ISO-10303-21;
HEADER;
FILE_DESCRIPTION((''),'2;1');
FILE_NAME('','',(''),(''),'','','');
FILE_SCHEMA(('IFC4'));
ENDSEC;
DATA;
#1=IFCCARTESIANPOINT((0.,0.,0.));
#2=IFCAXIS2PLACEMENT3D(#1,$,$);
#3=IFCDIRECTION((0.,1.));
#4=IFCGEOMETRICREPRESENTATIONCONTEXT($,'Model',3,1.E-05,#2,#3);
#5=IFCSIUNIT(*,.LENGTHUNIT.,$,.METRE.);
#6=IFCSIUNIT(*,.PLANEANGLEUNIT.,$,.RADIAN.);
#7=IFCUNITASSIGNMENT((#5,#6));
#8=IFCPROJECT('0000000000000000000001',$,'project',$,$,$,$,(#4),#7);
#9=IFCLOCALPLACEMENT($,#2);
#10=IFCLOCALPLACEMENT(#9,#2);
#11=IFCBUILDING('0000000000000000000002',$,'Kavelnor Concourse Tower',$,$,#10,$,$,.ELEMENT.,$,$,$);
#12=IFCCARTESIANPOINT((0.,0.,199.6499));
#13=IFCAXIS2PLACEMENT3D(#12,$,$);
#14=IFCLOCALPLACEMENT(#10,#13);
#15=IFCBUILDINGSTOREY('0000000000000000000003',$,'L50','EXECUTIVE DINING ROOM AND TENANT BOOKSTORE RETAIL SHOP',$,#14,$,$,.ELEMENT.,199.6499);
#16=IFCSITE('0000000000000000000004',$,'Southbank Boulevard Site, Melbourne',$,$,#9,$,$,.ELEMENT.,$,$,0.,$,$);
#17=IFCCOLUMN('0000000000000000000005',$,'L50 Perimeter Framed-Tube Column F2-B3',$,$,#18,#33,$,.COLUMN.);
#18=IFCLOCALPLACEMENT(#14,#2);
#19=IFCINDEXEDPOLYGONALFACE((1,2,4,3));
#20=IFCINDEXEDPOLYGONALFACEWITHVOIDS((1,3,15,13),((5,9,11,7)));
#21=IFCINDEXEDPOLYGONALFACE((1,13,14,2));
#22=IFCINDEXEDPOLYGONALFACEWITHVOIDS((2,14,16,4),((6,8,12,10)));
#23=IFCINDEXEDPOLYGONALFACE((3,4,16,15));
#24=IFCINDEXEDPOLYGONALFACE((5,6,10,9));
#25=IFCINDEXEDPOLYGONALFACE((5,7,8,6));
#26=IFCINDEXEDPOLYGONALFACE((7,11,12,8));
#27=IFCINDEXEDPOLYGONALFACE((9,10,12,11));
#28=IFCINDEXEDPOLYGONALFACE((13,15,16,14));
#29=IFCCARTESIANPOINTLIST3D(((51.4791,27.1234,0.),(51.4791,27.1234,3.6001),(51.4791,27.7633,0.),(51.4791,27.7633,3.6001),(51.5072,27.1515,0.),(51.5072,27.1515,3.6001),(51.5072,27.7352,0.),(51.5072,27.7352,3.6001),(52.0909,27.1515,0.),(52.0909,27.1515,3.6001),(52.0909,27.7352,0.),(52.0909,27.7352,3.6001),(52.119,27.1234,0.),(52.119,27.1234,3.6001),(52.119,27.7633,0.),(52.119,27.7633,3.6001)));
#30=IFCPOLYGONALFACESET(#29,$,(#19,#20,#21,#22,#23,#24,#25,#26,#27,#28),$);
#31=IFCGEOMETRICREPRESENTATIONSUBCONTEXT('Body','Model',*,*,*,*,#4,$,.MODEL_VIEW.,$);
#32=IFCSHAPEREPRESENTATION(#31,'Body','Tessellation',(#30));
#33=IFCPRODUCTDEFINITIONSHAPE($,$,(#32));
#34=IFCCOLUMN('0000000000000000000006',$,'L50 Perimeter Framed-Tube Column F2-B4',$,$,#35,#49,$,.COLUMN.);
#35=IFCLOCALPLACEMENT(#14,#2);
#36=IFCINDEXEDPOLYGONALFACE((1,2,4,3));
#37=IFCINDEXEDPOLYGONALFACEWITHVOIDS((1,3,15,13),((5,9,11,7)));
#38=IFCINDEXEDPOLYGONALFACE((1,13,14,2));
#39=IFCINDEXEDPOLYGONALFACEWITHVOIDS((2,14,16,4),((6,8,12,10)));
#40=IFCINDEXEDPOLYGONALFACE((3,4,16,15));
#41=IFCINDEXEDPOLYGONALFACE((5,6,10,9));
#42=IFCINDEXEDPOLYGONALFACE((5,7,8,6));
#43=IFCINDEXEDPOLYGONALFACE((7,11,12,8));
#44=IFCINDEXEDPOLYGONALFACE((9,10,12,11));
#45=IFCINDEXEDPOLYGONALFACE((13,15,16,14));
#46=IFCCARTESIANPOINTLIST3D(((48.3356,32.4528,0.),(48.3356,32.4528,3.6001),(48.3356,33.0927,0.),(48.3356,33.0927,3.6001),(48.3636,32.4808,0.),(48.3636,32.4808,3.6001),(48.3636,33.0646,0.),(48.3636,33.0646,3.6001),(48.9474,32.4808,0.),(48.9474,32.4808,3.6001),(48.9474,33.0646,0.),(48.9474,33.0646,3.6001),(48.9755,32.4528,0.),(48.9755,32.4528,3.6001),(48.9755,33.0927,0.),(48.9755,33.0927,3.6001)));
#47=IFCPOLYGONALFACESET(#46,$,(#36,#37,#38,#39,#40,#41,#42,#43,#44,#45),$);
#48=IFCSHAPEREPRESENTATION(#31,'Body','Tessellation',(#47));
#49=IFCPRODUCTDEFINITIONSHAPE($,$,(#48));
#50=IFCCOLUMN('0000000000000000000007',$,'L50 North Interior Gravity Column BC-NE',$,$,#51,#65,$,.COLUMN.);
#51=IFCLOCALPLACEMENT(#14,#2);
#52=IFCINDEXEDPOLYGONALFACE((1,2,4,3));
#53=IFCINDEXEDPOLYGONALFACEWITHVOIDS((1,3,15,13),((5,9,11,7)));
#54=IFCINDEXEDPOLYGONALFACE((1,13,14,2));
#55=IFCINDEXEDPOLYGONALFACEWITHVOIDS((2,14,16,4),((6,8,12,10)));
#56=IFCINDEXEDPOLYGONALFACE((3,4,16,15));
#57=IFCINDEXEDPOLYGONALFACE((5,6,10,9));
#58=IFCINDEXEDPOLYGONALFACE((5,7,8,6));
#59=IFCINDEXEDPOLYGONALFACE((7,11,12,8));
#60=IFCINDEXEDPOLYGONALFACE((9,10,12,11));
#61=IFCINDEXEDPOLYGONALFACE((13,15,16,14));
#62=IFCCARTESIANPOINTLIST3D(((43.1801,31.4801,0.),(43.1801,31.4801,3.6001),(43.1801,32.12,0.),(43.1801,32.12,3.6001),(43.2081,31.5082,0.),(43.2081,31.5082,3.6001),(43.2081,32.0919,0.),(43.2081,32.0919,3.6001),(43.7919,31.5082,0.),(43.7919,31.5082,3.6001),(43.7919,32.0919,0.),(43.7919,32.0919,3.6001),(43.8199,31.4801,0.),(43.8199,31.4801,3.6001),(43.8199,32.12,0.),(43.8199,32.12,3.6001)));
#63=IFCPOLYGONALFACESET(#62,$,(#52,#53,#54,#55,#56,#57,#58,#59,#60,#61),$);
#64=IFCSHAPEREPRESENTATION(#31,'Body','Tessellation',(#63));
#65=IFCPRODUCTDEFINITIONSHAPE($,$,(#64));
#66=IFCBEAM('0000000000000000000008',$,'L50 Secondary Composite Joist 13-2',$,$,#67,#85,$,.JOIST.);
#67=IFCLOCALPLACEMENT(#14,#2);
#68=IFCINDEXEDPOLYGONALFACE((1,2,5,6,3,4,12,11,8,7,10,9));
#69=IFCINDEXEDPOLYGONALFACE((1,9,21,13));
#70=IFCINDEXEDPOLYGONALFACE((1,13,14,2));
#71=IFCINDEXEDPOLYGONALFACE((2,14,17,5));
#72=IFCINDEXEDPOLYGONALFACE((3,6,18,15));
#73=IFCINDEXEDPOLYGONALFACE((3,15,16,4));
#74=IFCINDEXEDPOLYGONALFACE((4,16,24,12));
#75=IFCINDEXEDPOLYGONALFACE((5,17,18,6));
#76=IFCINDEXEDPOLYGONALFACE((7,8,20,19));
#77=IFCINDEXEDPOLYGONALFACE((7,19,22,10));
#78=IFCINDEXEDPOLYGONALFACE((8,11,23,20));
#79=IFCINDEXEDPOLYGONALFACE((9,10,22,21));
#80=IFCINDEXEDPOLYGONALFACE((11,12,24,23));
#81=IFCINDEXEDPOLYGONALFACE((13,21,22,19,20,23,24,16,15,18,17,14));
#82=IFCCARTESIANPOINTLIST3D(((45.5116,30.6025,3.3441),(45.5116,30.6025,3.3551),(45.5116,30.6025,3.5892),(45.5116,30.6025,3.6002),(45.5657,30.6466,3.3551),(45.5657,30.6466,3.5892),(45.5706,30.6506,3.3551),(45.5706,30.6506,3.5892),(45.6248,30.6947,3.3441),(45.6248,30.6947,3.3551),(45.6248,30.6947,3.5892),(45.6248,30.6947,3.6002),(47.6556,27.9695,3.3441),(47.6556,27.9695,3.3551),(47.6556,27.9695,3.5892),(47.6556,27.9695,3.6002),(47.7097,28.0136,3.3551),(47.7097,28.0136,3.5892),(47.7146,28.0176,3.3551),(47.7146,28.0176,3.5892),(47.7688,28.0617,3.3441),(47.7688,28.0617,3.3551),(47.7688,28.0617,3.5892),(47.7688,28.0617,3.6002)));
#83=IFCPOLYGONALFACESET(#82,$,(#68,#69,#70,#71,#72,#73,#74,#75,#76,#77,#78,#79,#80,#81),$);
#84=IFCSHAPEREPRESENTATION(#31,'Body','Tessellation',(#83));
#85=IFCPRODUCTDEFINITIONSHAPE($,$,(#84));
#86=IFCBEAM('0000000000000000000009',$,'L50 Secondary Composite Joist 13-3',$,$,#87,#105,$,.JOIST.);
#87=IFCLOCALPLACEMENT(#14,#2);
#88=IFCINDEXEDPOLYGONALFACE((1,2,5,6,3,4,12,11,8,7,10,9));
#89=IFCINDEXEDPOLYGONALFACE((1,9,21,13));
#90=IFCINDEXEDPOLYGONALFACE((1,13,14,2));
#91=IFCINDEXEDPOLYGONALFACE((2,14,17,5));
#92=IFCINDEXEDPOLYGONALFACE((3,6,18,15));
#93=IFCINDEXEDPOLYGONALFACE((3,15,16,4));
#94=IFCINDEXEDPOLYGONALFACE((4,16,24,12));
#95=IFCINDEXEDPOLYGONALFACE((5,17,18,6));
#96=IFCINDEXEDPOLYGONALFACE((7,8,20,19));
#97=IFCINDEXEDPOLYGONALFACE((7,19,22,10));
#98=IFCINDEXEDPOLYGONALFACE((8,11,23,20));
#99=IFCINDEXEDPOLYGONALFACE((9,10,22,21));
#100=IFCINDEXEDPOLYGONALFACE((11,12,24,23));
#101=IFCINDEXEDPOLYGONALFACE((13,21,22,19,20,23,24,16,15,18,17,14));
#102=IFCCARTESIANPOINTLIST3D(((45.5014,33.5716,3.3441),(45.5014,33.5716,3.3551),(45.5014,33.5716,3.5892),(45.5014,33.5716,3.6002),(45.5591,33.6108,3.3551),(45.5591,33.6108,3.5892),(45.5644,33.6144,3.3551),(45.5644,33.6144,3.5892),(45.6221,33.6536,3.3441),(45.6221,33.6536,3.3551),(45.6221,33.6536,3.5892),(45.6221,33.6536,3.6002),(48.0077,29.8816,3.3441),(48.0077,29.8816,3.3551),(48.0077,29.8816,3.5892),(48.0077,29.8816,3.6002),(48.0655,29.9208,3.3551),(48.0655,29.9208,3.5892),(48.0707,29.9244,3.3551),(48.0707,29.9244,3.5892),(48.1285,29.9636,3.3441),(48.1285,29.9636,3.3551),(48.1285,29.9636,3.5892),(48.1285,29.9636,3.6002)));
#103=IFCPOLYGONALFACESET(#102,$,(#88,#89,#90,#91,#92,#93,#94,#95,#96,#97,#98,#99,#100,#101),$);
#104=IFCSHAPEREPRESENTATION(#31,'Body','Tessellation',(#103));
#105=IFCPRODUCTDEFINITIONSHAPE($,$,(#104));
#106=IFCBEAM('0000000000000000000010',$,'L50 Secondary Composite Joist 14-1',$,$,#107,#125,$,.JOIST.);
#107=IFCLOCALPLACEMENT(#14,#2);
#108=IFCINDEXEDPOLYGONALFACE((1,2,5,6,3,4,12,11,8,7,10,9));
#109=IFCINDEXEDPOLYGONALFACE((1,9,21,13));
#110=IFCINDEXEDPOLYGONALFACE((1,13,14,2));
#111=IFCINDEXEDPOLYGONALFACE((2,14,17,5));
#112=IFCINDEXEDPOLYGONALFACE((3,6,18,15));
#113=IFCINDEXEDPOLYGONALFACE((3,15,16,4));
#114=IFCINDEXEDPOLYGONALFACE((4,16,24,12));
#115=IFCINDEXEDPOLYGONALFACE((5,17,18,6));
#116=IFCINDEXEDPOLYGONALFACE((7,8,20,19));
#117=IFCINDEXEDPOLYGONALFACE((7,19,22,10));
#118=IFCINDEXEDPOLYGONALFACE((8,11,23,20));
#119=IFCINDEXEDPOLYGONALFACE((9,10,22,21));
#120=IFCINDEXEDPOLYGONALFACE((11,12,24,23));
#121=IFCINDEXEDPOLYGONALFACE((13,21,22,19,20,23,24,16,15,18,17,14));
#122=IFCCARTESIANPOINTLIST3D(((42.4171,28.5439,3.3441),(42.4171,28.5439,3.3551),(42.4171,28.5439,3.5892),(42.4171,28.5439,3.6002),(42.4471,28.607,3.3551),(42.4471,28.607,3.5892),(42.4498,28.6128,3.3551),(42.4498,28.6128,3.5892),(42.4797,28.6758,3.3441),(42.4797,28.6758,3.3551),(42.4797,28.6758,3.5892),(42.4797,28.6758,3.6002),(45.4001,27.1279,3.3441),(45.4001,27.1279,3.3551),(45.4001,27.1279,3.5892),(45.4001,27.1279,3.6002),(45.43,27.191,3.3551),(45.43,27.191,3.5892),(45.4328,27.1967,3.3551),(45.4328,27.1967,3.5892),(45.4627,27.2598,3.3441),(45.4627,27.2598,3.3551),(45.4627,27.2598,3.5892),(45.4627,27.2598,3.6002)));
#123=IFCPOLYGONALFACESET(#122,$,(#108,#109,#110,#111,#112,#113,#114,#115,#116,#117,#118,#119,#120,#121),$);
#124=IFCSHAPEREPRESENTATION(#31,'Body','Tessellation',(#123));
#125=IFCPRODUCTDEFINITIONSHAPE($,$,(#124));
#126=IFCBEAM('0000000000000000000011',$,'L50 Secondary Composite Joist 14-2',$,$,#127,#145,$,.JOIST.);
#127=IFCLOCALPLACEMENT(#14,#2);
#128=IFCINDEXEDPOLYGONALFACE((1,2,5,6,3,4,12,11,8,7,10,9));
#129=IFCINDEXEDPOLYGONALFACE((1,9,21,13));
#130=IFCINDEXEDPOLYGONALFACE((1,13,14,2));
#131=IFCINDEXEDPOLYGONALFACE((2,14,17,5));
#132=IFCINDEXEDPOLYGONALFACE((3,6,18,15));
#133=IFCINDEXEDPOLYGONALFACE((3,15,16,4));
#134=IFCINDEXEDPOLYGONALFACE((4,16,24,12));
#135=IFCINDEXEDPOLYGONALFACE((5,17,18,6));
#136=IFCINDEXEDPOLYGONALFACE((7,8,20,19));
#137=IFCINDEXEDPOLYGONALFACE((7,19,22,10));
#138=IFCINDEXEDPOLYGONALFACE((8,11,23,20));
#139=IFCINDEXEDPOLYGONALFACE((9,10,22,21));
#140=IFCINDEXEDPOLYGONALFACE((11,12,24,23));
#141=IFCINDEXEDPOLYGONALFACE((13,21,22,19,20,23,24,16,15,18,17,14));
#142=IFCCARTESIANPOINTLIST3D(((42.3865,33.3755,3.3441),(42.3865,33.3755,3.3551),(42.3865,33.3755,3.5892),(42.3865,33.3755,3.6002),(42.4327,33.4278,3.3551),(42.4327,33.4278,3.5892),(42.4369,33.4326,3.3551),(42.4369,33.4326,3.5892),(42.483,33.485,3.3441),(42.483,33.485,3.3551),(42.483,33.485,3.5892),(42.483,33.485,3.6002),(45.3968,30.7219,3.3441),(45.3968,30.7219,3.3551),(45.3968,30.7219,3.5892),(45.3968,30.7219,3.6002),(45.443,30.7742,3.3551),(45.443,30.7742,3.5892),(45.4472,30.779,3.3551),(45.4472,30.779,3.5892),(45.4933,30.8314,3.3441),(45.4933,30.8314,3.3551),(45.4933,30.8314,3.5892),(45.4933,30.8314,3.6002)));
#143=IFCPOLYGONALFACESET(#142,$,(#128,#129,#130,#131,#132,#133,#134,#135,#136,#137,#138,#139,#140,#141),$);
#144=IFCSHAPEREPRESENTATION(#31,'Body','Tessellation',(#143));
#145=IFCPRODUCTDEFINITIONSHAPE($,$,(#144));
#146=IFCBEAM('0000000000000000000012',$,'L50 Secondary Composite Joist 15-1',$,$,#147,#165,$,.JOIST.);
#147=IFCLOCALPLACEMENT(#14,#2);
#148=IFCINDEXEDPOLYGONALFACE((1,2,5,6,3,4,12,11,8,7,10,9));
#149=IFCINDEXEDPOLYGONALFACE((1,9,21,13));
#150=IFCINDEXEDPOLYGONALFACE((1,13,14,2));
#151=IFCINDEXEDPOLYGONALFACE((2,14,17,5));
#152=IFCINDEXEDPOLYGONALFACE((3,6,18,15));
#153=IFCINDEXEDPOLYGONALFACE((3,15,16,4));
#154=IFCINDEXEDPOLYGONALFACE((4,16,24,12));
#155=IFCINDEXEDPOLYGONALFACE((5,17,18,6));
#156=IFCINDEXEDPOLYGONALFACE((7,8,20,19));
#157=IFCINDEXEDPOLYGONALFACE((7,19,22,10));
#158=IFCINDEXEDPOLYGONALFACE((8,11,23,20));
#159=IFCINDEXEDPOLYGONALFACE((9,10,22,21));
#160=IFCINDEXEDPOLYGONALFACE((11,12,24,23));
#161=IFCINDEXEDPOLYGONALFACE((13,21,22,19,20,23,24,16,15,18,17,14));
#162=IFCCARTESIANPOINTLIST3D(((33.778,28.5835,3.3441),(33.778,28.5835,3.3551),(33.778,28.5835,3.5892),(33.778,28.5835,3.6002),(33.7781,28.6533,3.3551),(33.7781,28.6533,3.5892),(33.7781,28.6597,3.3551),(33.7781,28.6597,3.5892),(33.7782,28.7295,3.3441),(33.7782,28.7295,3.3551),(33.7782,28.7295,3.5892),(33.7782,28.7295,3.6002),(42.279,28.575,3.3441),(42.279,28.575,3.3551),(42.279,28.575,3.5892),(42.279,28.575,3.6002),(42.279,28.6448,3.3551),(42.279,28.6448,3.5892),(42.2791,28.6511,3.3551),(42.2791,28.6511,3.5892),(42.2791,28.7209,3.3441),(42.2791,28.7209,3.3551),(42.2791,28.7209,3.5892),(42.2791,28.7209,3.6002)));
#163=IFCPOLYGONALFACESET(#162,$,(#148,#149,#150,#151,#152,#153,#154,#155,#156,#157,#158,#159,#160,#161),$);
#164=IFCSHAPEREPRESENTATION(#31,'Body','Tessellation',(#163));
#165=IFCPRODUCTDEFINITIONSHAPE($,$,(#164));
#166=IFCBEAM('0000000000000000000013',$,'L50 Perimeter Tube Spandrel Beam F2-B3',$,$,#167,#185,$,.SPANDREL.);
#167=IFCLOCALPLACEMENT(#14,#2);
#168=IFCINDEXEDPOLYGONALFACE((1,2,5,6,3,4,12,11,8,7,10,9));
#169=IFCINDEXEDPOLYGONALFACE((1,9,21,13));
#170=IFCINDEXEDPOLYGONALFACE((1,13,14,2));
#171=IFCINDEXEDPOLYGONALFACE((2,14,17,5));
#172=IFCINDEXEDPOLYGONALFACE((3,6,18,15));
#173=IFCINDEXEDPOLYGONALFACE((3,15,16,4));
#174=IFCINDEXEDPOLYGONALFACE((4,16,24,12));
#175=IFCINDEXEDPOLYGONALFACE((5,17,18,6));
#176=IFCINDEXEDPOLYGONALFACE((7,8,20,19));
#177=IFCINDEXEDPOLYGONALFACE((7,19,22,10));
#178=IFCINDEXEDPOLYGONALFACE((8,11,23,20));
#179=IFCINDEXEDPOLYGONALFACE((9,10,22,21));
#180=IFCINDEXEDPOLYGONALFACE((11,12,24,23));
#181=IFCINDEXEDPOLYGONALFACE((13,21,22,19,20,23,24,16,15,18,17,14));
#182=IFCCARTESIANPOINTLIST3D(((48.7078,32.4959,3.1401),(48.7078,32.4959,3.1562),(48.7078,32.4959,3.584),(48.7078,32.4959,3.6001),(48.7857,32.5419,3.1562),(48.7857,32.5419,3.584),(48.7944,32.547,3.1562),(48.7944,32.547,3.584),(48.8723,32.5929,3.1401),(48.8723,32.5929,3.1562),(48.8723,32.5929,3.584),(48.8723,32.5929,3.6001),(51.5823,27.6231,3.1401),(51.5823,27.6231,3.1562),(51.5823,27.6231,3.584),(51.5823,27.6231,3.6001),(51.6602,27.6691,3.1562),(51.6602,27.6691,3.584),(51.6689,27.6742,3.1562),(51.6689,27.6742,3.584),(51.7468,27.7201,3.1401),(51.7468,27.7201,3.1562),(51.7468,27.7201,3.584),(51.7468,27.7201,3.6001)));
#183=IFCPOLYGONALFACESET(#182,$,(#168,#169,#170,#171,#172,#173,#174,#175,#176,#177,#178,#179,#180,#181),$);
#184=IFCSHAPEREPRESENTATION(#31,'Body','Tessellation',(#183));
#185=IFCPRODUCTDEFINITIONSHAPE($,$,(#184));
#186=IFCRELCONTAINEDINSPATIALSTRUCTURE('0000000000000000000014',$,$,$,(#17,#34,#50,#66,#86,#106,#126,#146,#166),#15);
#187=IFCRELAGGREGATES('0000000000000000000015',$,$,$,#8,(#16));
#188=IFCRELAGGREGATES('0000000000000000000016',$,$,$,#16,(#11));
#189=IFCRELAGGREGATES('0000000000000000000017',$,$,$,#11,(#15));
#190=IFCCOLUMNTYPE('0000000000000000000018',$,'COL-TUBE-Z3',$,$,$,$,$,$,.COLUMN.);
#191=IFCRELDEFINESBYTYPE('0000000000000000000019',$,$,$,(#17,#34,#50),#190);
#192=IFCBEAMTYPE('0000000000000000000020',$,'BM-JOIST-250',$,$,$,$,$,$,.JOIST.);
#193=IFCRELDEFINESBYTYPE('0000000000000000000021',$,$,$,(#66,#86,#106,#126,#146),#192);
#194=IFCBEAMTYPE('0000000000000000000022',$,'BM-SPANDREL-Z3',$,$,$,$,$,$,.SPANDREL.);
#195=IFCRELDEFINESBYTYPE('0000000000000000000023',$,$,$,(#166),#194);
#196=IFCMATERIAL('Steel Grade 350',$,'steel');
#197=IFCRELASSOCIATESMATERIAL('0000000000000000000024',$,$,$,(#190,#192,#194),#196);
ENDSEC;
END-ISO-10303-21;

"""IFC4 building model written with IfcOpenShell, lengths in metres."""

from ifc_helpers import new_model, si_unit, direction, frame, origin, origin_2d, place, context, subcontext, project, spatial, hollow_rectangle, i_section, extrude, material, material_profile, profile_set, type_object, element, save


model = new_model("IFC4")

# Units and contexts
model_context = context("Model", 3, precision=1e-05, world=origin(), true_north=direction((0.0, 1.0)))
body_context = subcontext(model_context, "Body", "Model", "MODEL_VIEW")
ifc_project = project(units=[si_unit("LENGTHUNIT", "METRE"), si_unit("PLANEANGLEUNIT", "RADIAN")], contexts=[model_context])

# Site, building, storey
site_placement = place(None, origin())
site = spatial("IfcSite", under=ifc_project, at=site_placement, Name="Southbank Boulevard Site, Melbourne", CompositionType="ELEMENT", RefElevation=0.0)
building_placement = place(site_placement, origin())
building = spatial("IfcBuilding", under=site, at=building_placement, Name="Kavelnor Concourse Tower", CompositionType="ELEMENT")
storey_placement = place(building_placement, frame((0.0, 0.0, 199.6499)))
storey = spatial("IfcBuildingStorey", under=building, at=storey_placement, Name="L50", Description="EXECUTIVE DINING ROOM AND TENANT BOOKSTORE RETAIL SHOP", CompositionType="ELEMENT", Elevation=199.6499)

# Columns
ifc_material_1 = material(Name="Steel Grade 350", Category="steel")
ifc_material_profile_1 = material_profile(ifc_material_1, hollow_rectangle(XDim=0.6399, YDim=0.6399, WallThickness=0.0281, at=origin_2d()), Name="SHS 640x640x28")
ifc_profile_set_1 = profile_set([ifc_material_profile_1], Name="Steel Grade 350")
column_type = type_object("IfcColumnType", Name="COL-TUBE-Z3", PredefinedType="COLUMN", material=ifc_profile_set_1)
for number, where, z_axis, x_axis, name in (
    (1, (51.7991, 27.4434, 0.0), (0.0, 0.0, 1.0), (1.0, 0.0, 0.0), "L50 Perimeter Framed-Tube Column F2-B3"),
    (2, (48.6555, 32.7727, 0.0), (0.0, 0.0, 1.0), (1.0, 0.0, 0.0), "L50 Perimeter Framed-Tube Column F2-B4"),
    (3, (43.5, 31.8, 0.0), (0.0, 0.0, 1.0), (1.0, 0.0, 0.0), "L50 North Interior Gravity Column BC-NE"),
):
    element("IfcColumn", number, at=place(storey_placement, frame(where, z_axis=z_axis, x_axis=x_axis)), inside=storey, type_object=column_type, Name=name, PredefinedType="COLUMN", context=body_context, shape_type="SweptSolid", body=[
        extrude(hollow_rectangle(XDim=0.6399, YDim=0.6399, WallThickness=0.0281, at=origin_2d()), origin(), (0.0, 0.0, 1.0), 3.6001),
    ])

# Beams
ifc_material_profile_2 = material_profile(ifc_material_1, i_section(OverallWidth=0.146, OverallDepth=0.2561, WebThickness=0.0063, FlangeThickness=0.011, at=origin_2d()), Name="250UB37")
ifc_profile_set_2 = profile_set([ifc_material_profile_2], Name="Steel Grade 350")
beam_type_1 = type_object("IfcBeamType", Name="BM-JOIST-250", PredefinedType="JOIST", material=ifc_profile_set_2)
beam_1_placement = place(storey_placement, frame((47.7122, 28.0156, 3.4722), z_axis=(-0.631423, 0.775438, 0.0), x_axis=(-0.775438, -0.631423, 0.0)))
element("IfcBeam", 4, at=beam_1_placement, inside=storey, type_object=beam_type_1, Name="L50 Secondary Composite Joist 13-2", PredefinedType="JOIST", context=body_context, shape_type="SweptSolid", body=[
    extrude(i_section(OverallWidth=0.146, OverallDepth=0.2561, WebThickness=0.0063, FlangeThickness=0.011, at=origin_2d()), origin(), (0.0, 0.0, 1.0), 3.3955),
])
beam_2_placement = place(storey_placement, frame((48.0681, 29.9226, 3.4722), z_axis=(-0.561879, 0.82722, 0.0), x_axis=(-0.82722, -0.561879, 0.0)))
element("IfcBeam", 5, at=beam_2_placement, inside=storey, type_object=beam_type_1, Name="L50 Secondary Composite Joist 13-3", PredefinedType="JOIST", context=body_context, shape_type="SweptSolid", body=[
    extrude(i_section(OverallWidth=0.146, OverallDepth=0.2561, WebThickness=0.0063, FlangeThickness=0.011, at=origin_2d()), origin(), (0.0, 0.0, 1.0), 4.4607),
])
beam_3_placement = place(storey_placement, frame((45.4314, 27.1938, 3.4722), z_axis=(-0.903379, 0.428843, 0.0), x_axis=(-0.428843, -0.903379, 0.0)))
element("IfcBeam", 6, at=beam_3_placement, inside=storey, type_object=beam_type_1, Name="L50 Secondary Composite Joist 14-1", PredefinedType="JOIST", context=body_context, shape_type="SweptSolid", body=[
    extrude(i_section(OverallWidth=0.146, OverallDepth=0.2561, WebThickness=0.0063, FlangeThickness=0.011, at=origin_2d()), origin(), (0.0, 0.0, 1.0), 3.302),
])
beam_4_placement = place(storey_placement, frame((45.4451, 30.7766, 3.4722), z_axis=(-0.750152, 0.661265, 0.0), x_axis=(-0.661265, -0.750152, 0.0)))
element("IfcBeam", 7, at=beam_4_placement, inside=storey, type_object=beam_type_1, Name="L50 Secondary Composite Joist 14-2", PredefinedType="JOIST", context=body_context, shape_type="SweptSolid", body=[
    extrude(i_section(OverallWidth=0.146, OverallDepth=0.2561, WebThickness=0.0063, FlangeThickness=0.011, at=origin_2d()), origin(), (0.0, 0.0, 1.0), 4.0129),
])
beam_5_placement = place(storey_placement, frame((42.2791, 28.6479, 3.4722), z_axis=(-0.999999, 0.001005, 0.0), x_axis=(-0.001005, -0.999999, 0.0)))
element("IfcBeam", 8, at=beam_5_placement, inside=storey, type_object=beam_type_1, Name="L50 Secondary Composite Joist 15-1", PredefinedType="JOIST", context=body_context, shape_type="SweptSolid", body=[
    extrude(i_section(OverallWidth=0.146, OverallDepth=0.2561, WebThickness=0.0063, FlangeThickness=0.011, at=origin_2d()), origin(), (0.0, 0.0, 1.0), 8.501),
])
ifc_material_profile_3 = material_profile(ifc_material_1, i_section(OverallWidth=0.1909, OverallDepth=0.46, WebThickness=0.01, FlangeThickness=0.0161, at=origin_2d()), Name="460UB82")
ifc_profile_set_3 = profile_set([ifc_material_profile_3], Name="Steel Grade 350")
beam_type_2 = type_object("IfcBeamType", Name="BM-SPANDREL-Z3", PredefinedType="SPANDREL", material=ifc_profile_set_3)
for number, where, z_axis, x_axis, name in (
    (9, (51.6646, 27.6716, 3.3701), (-0.508091, 0.861303, 0.0), (-0.861303, -0.508091, 0.0), "L50 Perimeter Tube Spandrel Beam F2-B3"),
):
    element("IfcBeam", number, at=place(storey_placement, frame(where, z_axis=z_axis, x_axis=x_axis)), inside=storey, type_object=beam_type_2, Name=name, PredefinedType="SPANDREL", context=body_context, shape_type="SweptSolid", body=[
        extrude(i_section(OverallWidth=0.1909, OverallDepth=0.46, WebThickness=0.01, FlangeThickness=0.0161, at=origin_2d()), origin(), (0.0, 0.0, 1.0), 5.6575),
    ])

save(model, "model.ifc")
